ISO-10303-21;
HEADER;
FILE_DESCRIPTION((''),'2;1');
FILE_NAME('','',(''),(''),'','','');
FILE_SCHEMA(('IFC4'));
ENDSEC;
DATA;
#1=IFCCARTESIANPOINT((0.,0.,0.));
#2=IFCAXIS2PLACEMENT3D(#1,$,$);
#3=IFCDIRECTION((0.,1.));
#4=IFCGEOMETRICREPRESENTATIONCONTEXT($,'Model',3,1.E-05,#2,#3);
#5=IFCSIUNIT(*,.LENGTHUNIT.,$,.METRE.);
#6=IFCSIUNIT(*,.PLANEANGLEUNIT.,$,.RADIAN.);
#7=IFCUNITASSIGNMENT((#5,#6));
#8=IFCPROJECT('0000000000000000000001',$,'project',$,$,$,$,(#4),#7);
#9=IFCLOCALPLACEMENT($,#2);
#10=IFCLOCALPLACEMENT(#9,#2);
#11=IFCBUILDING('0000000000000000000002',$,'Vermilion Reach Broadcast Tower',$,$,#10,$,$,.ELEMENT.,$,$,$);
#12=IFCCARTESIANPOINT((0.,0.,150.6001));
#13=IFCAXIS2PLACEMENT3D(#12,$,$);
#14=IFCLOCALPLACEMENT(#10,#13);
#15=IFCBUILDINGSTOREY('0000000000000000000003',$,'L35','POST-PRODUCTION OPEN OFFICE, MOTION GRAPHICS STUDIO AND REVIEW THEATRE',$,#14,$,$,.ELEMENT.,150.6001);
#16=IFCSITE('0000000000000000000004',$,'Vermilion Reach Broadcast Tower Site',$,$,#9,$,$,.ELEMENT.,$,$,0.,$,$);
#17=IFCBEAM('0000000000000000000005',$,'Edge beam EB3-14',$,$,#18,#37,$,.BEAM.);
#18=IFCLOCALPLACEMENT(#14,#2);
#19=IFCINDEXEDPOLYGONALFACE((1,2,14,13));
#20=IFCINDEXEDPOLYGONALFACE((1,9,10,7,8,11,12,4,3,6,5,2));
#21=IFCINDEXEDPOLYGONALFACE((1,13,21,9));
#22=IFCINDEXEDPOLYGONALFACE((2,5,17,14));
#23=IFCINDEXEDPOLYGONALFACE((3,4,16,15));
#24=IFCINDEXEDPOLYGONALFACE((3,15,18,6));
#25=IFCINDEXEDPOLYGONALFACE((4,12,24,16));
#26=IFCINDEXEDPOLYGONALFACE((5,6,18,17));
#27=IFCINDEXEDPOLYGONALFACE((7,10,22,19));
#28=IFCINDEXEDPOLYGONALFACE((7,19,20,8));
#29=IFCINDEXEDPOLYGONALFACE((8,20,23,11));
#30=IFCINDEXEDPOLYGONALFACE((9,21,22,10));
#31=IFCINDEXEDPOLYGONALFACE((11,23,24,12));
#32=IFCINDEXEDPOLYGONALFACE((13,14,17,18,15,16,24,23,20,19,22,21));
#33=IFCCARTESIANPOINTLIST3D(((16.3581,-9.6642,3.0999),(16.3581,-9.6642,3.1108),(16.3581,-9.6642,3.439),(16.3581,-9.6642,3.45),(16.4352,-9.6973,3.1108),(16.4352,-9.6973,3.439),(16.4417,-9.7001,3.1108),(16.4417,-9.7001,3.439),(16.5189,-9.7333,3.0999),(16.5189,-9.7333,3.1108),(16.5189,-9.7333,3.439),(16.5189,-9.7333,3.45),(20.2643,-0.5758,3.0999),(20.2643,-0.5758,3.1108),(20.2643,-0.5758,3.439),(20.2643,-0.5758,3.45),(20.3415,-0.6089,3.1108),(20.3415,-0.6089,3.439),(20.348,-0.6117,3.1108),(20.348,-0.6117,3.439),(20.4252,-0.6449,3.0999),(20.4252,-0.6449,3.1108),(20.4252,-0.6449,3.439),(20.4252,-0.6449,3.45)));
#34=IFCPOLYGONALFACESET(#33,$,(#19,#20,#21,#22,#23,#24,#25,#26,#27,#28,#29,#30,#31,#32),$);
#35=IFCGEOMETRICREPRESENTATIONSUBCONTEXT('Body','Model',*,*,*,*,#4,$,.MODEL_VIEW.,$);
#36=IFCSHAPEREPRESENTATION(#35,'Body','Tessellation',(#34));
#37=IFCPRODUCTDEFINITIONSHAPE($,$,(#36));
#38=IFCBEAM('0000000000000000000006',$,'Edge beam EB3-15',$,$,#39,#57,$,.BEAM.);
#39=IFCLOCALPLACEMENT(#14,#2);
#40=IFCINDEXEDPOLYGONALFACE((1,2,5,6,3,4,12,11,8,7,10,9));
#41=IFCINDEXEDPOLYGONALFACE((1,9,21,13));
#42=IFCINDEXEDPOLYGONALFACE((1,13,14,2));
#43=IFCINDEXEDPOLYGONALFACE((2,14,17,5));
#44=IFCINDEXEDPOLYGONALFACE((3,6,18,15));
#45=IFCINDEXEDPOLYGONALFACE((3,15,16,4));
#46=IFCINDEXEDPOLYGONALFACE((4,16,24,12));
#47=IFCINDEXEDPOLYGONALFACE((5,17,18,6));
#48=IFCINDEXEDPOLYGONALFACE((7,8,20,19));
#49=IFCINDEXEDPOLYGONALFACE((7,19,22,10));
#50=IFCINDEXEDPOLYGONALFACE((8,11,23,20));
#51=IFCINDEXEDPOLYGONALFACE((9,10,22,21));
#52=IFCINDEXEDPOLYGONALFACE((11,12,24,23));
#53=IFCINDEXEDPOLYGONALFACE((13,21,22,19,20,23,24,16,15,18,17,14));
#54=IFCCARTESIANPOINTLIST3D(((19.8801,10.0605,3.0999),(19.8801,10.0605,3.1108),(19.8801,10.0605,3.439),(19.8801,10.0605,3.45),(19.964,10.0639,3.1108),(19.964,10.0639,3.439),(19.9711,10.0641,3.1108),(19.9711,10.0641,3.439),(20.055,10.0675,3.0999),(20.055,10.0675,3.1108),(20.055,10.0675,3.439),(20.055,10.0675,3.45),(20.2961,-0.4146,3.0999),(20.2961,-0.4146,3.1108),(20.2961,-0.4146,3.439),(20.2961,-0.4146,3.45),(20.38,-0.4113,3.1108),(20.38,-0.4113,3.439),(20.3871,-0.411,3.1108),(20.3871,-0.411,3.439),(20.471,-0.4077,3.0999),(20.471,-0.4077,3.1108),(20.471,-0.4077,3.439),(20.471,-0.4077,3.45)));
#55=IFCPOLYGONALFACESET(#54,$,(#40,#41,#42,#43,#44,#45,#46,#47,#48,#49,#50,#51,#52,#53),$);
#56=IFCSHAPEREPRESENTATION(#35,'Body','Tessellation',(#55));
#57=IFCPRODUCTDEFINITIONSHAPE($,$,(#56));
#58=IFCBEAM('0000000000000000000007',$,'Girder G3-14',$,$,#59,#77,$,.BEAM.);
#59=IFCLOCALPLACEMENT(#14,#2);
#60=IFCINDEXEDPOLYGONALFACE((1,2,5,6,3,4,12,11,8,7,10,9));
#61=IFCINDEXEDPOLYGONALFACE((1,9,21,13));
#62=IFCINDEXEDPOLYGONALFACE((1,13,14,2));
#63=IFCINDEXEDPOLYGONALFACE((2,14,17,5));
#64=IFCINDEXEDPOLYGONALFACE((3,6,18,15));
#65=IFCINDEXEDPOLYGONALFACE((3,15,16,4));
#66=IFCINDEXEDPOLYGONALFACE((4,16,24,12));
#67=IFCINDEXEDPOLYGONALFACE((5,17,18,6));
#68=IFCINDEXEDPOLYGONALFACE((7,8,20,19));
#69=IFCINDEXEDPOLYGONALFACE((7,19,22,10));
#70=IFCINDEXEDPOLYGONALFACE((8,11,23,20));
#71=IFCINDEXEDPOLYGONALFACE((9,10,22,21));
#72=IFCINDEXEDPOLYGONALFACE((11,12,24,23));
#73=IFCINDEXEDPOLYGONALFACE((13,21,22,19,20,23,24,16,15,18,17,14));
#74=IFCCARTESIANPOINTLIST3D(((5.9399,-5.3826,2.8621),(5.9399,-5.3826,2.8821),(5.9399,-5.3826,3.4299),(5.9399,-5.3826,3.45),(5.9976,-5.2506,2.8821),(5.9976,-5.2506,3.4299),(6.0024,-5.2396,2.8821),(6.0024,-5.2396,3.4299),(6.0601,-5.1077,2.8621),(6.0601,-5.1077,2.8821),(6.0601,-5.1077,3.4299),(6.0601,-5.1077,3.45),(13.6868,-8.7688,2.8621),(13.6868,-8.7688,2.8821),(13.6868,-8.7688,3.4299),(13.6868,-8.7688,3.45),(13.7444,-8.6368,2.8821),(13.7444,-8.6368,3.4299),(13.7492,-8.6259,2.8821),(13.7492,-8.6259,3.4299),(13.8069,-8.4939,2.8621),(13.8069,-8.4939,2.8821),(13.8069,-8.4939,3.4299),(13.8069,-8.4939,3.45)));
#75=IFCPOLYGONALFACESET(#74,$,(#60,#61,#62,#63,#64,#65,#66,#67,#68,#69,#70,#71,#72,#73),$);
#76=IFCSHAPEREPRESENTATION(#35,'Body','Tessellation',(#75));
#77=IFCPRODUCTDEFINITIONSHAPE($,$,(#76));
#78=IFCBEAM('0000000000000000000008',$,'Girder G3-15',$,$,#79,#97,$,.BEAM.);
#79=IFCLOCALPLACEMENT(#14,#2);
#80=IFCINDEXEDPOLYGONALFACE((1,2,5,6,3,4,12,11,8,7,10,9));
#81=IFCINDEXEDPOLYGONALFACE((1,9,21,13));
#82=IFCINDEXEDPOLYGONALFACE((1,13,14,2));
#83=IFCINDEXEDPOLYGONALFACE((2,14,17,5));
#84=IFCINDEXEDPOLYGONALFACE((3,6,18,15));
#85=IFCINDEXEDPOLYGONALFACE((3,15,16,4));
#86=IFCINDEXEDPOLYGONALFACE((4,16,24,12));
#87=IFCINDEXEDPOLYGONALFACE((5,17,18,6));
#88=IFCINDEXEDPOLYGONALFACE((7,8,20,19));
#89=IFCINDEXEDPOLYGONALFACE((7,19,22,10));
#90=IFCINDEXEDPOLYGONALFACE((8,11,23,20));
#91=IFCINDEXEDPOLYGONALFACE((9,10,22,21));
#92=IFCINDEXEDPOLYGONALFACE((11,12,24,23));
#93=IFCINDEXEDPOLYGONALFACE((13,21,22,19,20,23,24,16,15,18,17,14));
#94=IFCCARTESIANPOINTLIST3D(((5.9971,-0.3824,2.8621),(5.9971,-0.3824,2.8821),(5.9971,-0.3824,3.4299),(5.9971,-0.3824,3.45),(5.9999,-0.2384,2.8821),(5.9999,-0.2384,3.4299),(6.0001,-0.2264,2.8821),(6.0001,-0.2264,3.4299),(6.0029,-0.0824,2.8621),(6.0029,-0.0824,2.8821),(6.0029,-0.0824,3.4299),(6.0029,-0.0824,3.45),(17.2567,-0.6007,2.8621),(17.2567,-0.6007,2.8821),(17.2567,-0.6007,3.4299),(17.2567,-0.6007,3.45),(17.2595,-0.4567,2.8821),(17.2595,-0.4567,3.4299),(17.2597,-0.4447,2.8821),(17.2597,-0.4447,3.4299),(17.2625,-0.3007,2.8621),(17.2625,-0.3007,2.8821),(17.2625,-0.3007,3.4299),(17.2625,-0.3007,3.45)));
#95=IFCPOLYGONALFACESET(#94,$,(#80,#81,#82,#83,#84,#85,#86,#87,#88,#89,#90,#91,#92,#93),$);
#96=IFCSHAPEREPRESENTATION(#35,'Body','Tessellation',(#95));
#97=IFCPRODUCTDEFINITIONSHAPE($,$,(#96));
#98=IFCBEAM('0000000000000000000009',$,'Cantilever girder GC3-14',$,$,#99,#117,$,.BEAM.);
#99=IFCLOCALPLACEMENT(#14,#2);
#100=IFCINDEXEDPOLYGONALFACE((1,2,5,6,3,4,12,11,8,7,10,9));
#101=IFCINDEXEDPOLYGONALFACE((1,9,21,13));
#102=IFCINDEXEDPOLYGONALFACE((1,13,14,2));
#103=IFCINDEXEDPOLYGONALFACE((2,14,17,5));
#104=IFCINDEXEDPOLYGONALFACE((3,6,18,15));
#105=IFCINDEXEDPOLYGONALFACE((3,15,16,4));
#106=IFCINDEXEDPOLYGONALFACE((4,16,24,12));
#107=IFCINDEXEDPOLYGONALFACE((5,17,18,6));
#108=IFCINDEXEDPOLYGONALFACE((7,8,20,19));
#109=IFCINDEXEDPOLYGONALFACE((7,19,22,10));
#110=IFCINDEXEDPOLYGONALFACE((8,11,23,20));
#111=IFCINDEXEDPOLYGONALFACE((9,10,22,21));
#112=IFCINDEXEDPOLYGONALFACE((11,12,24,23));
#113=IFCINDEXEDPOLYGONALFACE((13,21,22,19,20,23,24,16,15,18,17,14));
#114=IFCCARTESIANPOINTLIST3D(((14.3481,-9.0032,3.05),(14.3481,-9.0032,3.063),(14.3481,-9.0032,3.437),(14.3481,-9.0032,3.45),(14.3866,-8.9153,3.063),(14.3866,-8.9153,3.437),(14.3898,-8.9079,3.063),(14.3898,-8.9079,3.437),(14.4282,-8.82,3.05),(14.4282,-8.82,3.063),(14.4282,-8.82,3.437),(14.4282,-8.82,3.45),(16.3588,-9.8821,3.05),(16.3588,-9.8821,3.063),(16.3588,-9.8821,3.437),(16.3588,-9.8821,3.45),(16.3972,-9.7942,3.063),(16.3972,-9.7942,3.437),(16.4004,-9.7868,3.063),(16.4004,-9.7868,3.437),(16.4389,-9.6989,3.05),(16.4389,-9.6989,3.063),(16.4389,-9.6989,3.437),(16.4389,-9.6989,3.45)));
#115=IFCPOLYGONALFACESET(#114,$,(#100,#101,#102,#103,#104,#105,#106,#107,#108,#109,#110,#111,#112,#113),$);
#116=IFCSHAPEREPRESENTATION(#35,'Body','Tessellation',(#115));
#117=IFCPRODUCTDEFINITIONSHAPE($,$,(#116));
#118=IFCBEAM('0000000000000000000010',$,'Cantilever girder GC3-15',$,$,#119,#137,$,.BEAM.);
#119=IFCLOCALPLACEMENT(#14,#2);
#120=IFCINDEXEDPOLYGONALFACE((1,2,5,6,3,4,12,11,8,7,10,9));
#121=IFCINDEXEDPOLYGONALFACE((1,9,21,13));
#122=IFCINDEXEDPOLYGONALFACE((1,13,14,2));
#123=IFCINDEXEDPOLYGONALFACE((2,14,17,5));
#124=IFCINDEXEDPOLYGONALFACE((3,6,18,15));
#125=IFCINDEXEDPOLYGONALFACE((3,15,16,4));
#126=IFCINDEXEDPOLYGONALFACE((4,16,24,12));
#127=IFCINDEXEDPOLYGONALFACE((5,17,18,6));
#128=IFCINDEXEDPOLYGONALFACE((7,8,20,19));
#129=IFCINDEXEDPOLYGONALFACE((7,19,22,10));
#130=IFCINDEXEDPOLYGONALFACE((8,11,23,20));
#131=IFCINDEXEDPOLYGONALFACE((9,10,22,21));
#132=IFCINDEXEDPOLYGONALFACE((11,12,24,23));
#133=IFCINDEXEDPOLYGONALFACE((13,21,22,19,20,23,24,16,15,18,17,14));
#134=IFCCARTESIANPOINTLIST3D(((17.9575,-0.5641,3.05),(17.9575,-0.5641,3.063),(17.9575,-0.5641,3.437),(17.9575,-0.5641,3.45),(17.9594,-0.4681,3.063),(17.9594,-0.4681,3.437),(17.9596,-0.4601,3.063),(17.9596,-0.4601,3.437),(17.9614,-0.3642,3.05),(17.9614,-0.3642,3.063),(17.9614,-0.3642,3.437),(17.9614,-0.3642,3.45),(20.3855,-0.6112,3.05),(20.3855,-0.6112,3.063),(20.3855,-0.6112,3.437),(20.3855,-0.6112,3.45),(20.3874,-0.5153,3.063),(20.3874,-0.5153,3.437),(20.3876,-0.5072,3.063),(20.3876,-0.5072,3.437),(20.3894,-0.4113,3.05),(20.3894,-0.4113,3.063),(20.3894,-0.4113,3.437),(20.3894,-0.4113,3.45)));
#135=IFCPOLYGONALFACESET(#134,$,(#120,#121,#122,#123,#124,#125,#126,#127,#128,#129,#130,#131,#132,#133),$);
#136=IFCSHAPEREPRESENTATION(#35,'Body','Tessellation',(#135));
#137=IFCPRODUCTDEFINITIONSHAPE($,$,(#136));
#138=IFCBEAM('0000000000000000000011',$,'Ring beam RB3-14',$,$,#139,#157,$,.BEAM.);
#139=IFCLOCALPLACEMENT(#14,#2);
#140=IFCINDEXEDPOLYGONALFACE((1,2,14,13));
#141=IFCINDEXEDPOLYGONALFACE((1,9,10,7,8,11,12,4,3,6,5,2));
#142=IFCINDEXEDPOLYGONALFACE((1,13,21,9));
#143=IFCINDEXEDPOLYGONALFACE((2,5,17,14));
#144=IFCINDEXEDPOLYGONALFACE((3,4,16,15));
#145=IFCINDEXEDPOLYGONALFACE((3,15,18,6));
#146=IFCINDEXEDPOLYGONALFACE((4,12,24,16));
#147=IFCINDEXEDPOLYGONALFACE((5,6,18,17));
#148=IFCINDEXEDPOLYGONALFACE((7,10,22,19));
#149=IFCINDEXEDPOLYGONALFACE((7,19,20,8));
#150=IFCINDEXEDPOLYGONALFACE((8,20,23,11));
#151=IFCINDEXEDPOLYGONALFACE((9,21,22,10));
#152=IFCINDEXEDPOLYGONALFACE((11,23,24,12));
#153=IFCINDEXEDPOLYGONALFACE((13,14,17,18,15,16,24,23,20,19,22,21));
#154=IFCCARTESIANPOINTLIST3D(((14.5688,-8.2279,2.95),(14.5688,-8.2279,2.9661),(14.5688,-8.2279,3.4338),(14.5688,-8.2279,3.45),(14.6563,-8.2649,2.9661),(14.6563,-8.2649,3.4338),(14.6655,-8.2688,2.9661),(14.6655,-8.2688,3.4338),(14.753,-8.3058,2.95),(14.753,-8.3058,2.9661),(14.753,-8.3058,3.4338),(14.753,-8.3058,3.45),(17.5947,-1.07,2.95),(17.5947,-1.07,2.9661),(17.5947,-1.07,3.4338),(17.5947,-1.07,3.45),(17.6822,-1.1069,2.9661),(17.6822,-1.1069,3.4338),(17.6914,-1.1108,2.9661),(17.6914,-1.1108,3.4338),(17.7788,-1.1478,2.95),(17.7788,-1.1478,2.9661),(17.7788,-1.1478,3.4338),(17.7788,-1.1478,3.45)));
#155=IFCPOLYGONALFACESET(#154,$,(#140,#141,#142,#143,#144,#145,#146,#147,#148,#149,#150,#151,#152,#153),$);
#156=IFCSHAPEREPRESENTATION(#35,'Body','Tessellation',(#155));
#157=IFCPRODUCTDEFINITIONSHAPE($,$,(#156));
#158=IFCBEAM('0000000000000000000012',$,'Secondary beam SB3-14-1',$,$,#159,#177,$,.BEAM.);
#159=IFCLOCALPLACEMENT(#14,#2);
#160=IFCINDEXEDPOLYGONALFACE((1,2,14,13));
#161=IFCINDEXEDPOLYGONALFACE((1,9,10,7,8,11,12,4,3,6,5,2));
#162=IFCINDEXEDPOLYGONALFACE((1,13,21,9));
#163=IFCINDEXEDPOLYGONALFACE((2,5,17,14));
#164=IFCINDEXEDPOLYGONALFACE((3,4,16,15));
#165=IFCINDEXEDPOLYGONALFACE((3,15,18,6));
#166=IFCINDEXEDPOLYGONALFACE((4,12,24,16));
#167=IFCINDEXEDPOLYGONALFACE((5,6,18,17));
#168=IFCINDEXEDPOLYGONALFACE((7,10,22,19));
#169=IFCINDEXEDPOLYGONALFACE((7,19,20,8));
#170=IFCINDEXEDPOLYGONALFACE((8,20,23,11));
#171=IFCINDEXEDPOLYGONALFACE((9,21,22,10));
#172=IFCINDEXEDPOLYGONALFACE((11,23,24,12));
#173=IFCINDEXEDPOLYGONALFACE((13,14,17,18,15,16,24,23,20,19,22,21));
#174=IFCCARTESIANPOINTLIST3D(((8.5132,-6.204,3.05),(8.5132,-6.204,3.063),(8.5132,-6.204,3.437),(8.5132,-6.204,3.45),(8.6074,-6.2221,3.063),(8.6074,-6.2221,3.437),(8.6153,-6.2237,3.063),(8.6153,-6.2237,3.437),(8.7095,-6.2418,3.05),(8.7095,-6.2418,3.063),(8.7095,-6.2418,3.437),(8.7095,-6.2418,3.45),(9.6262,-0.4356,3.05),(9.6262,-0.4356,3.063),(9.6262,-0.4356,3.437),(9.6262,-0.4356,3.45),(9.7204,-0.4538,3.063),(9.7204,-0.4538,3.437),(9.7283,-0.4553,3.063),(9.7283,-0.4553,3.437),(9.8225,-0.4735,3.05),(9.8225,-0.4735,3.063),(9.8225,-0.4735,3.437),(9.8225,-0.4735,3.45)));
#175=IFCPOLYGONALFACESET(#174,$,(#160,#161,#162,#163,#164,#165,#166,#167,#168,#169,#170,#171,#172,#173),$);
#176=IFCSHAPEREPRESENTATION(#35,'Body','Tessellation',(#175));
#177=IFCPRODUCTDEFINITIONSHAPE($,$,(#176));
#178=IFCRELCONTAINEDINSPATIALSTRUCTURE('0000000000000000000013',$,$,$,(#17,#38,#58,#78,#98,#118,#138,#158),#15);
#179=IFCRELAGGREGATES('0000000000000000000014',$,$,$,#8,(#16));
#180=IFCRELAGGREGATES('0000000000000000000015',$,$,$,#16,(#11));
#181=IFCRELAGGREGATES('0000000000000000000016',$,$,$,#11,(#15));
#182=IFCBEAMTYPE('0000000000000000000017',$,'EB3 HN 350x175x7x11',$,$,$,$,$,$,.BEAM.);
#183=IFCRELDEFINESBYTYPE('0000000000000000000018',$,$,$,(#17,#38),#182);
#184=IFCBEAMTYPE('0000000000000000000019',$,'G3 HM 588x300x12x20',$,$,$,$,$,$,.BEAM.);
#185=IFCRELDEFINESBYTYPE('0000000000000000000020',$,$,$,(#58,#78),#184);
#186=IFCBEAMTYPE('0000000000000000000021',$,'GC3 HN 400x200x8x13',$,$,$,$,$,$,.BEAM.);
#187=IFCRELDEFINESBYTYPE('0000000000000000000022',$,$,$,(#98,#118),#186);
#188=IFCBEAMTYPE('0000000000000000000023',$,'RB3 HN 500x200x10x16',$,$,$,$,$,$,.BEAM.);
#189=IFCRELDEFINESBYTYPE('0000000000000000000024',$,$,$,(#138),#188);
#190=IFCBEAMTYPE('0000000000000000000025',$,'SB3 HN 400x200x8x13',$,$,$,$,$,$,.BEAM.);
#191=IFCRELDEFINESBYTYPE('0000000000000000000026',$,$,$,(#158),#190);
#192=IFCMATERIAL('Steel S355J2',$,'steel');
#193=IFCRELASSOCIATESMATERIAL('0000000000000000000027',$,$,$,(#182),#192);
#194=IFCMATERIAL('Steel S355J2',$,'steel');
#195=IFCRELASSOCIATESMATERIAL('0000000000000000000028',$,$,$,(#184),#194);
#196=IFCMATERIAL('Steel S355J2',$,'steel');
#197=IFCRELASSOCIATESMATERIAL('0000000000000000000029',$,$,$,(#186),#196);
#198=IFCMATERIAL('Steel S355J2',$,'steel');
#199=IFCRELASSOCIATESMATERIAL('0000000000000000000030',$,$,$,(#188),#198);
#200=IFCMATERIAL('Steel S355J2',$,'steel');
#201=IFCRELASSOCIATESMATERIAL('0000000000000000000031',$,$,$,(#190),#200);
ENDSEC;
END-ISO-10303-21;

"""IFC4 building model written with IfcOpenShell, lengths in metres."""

from ifc_helpers import new_model, si_unit, direction, frame, origin, origin_2d, place, context, subcontext, project, spatial, i_section, extrude, material, material_profile, profile_set, type_object, element, save


model = new_model("IFC4")

# Units and contexts
model_context = context("Model", 3, precision=1e-05, world=origin(), true_north=direction((0.0, 1.0)))
body_context = subcontext(model_context, "Body", "Model", "MODEL_VIEW")
ifc_project = project(units=[si_unit("LENGTHUNIT", "METRE"), si_unit("PLANEANGLEUNIT", "RADIAN")], contexts=[model_context])

# Site, building, storey
site_placement = place(None, origin())
site = spatial("IfcSite", under=ifc_project, at=site_placement, Name="Vermilion Reach Broadcast Tower Site", CompositionType="ELEMENT", RefElevation=0.0)
building_placement = place(site_placement, origin())
building = spatial("IfcBuilding", under=site, at=building_placement, Name="Vermilion Reach Broadcast Tower", CompositionType="ELEMENT")
storey_placement = place(building_placement, frame((0.0, 0.0, 150.6001)))
storey = spatial("IfcBuildingStorey", under=building, at=storey_placement, Name="L35", Description="POST-PRODUCTION OPEN OFFICE, MOTION GRAPHICS STUDIO AND REVIEW THEATRE", CompositionType="ELEMENT", Elevation=150.6001)

# Beams
ifc_material_1 = material(Name="Steel S355J2", Category="steel")
ifc_material_profile_1 = material_profile(ifc_material_1, i_section(OverallWidth=0.175, OverallDepth=0.3501, WebThickness=0.0071, FlangeThickness=0.011, at=origin_2d()), Name="S355J2 HN 350x175x7x11")
ifc_profile_set_1 = profile_set([ifc_material_profile_1], Name="Steel S355J2")
beam_type_1 = type_object("IfcBeamType", Name="EB3 HN 350x175x7x11", PredefinedType="BEAM", material=ifc_profile_set_1)
beam_1_placement = place(storey_placement, frame((16.4385, -9.6987, 3.2749), z_axis=(0.394878, 0.918733, 0.0), x_axis=(-0.918733, 0.394878, 0.0)))
element("IfcBeam", 1, at=beam_1_placement, inside=storey, type_object=beam_type_1, Name="Edge beam EB3-14", PredefinedType="BEAM", context=body_context, shape_type="SweptSolid", body=[
    extrude(i_section(OverallWidth=0.175, OverallDepth=0.3501, WebThickness=0.0071, FlangeThickness=0.011, at=origin_2d()), origin(), (0.0, 0.0, 1.0), 9.8923),
])
beam_2_placement = place(storey_placement, frame((20.3835, -0.4111, 3.2749), z_axis=(-0.039683, 0.999212, 0.0), x_axis=(-0.999212, -0.039683, 0.0)))
element("IfcBeam", 2, at=beam_2_placement, inside=storey, type_object=beam_type_1, Name="Edge beam EB3-15", PredefinedType="BEAM", context=body_context, shape_type="SweptSolid", body=[
    extrude(i_section(OverallWidth=0.175, OverallDepth=0.3501, WebThickness=0.0071, FlangeThickness=0.011, at=origin_2d()), origin(), (0.0, 0.0, 1.0), 10.4834),
])
ifc_material_2 = material(Name="Steel S355J2", Category="steel")
ifc_material_profile_2 = material_profile(ifc_material_2, i_section(OverallWidth=0.3, OverallDepth=0.5879, WebThickness=0.012, FlangeThickness=0.02, at=origin_2d()), Name="S355J2 HM 588x300x12x20")
ifc_profile_set_2 = profile_set([ifc_material_profile_2], Name="Steel S355J2")
beam_type_2 = type_object("IfcBeamType", Name="G3 HM 588x300x12x20", PredefinedType="BEAM", material=ifc_profile_set_2)
beam_3_placement = place(storey_placement, frame((6.0, -5.2451, 3.156), z_axis=(0.916288, -0.40052, 0.0), x_axis=(0.40052, 0.916288, 0.0)))
element("IfcBeam", 3, at=beam_3_placement, inside=storey, type_object=beam_type_2, Name="Girder G3-14", PredefinedType="BEAM", context=body_context, shape_type="SweptSolid", body=[
    extrude(i_section(OverallWidth=0.3, OverallDepth=0.5879, WebThickness=0.012, FlangeThickness=0.02, at=origin_2d()), origin(), (0.0, 0.0, 1.0), 8.4546),
])
beam_4_placement = place(storey_placement, frame((6.0, -0.2324, 3.156), z_axis=(0.999812, -0.019381, 0.0), x_axis=(0.019381, 0.999812, 0.0)))
element("IfcBeam", 4, at=beam_4_placement, inside=storey, type_object=beam_type_2, Name="Girder G3-15", PredefinedType="BEAM", context=body_context, shape_type="SweptSolid", body=[
    extrude(i_section(OverallWidth=0.3, OverallDepth=0.5879, WebThickness=0.012, FlangeThickness=0.02, at=origin_2d()), origin(), (0.0, 0.0, 1.0), 11.2617),
])
ifc_material_3 = material(Name="Steel S355J2", Category="steel")
ifc_material_profile_3 = material_profile(ifc_material_3, i_section(OverallWidth=0.2, OverallDepth=0.3999, WebThickness=0.0081, FlangeThickness=0.0129, at=origin_2d()), Name="S355J2 HN 400x200x8x13")
ifc_profile_set_3 = profile_set([ifc_material_profile_3], Name="Steel S355J2")
beam_type_3 = type_object("IfcBeamType", Name="GC3 HN 400x200x8x13", PredefinedType="BEAM", material=ifc_profile_set_3)
beam_5_placement = place(storey_placement, frame((14.3882, -8.9116, 3.25), z_axis=(0.91629, -0.400515, 0.0), x_axis=(0.400515, 0.91629, 0.0)))
element("IfcBeam", 5, at=beam_5_placement, inside=storey, type_object=beam_type_3, Name="Cantilever girder GC3-14", PredefinedType="BEAM", context=body_context, shape_type="SweptSolid", body=[
    extrude(i_section(OverallWidth=0.2, OverallDepth=0.3999, WebThickness=0.0081, FlangeThickness=0.0129, at=origin_2d()), origin(), (0.0, 0.0, 1.0), 2.1943),
])
beam_6_placement = place(storey_placement, frame((17.9595, -0.4641, 3.25), z_axis=(0.999812, -0.019403, 0.0), x_axis=(0.019403, 0.999812, 0.0)))
element("IfcBeam", 6, at=beam_6_placement, inside=storey, type_object=beam_type_3, Name="Cantilever girder GC3-15", PredefinedType="BEAM", context=body_context, shape_type="SweptSolid", body=[
    extrude(i_section(OverallWidth=0.2, OverallDepth=0.3999, WebThickness=0.0081, FlangeThickness=0.0129, at=origin_2d()), origin(), (0.0, 0.0, 1.0), 2.4285),
])
ifc_material_4 = material(Name="Steel S355J2", Category="steel")
ifc_material_profile_4 = material_profile(ifc_material_4, i_section(OverallWidth=0.2, OverallDepth=0.5, WebThickness=0.01, FlangeThickness=0.0161, at=origin_2d()), Name="S355J2 HN 500x200x10x16")
ifc_profile_set_4 = profile_set([ifc_material_profile_4], Name="Steel S355J2")
beam_type_4 = type_object("IfcBeamType", Name="RB3 HN 500x200x10x16", PredefinedType="BEAM", material=ifc_profile_set_4)
beam_7_placement = place(storey_placement, frame((14.6609, -8.2668, 3.2), z_axis=(0.389368, 0.921082, 0.0), x_axis=(-0.921082, 0.389368, 0.0)))
element("IfcBeam", 7, at=beam_7_placement, inside=storey, type_object=beam_type_4, Name="Ring beam RB3-14", PredefinedType="BEAM", context=body_context, shape_type="SweptSolid", body=[
    extrude(i_section(OverallWidth=0.2, OverallDepth=0.5, WebThickness=0.01, FlangeThickness=0.0161, at=origin_2d()), origin(), (0.0, 0.0, 1.0), 7.7712),
])
ifc_material_5 = material(Name="Steel S355J2", Category="steel")
ifc_material_profile_5 = material_profile(ifc_material_5, i_section(OverallWidth=0.2, OverallDepth=0.3999, WebThickness=0.0081, FlangeThickness=0.0129, at=origin_2d()), Name="S355J2 HN 400x200x8x13")
ifc_profile_set_5 = profile_set([ifc_material_profile_5], Name="Steel S355J2")
beam_type_5 = type_object("IfcBeamType", Name="SB3 HN 400x200x8x13", PredefinedType="BEAM", material=ifc_profile_set_5)
beam_8_placement = place(storey_placement, frame((8.6113, -6.2229, 3.25), z_axis=(0.189462, 0.981888, 0.0), x_axis=(-0.981888, 0.189462, 0.0)))
element("IfcBeam", 8, at=beam_8_placement, inside=storey, type_object=beam_type_5, Name="Secondary beam SB3-14-1", PredefinedType="BEAM", context=body_context, shape_type="SweptSolid", body=[
    extrude(i_section(OverallWidth=0.2, OverallDepth=0.3999, WebThickness=0.0081, FlangeThickness=0.0129, at=origin_2d()), origin(), (0.0, 0.0, 1.0), 5.8748),
])

save(model, "model.ifc")
